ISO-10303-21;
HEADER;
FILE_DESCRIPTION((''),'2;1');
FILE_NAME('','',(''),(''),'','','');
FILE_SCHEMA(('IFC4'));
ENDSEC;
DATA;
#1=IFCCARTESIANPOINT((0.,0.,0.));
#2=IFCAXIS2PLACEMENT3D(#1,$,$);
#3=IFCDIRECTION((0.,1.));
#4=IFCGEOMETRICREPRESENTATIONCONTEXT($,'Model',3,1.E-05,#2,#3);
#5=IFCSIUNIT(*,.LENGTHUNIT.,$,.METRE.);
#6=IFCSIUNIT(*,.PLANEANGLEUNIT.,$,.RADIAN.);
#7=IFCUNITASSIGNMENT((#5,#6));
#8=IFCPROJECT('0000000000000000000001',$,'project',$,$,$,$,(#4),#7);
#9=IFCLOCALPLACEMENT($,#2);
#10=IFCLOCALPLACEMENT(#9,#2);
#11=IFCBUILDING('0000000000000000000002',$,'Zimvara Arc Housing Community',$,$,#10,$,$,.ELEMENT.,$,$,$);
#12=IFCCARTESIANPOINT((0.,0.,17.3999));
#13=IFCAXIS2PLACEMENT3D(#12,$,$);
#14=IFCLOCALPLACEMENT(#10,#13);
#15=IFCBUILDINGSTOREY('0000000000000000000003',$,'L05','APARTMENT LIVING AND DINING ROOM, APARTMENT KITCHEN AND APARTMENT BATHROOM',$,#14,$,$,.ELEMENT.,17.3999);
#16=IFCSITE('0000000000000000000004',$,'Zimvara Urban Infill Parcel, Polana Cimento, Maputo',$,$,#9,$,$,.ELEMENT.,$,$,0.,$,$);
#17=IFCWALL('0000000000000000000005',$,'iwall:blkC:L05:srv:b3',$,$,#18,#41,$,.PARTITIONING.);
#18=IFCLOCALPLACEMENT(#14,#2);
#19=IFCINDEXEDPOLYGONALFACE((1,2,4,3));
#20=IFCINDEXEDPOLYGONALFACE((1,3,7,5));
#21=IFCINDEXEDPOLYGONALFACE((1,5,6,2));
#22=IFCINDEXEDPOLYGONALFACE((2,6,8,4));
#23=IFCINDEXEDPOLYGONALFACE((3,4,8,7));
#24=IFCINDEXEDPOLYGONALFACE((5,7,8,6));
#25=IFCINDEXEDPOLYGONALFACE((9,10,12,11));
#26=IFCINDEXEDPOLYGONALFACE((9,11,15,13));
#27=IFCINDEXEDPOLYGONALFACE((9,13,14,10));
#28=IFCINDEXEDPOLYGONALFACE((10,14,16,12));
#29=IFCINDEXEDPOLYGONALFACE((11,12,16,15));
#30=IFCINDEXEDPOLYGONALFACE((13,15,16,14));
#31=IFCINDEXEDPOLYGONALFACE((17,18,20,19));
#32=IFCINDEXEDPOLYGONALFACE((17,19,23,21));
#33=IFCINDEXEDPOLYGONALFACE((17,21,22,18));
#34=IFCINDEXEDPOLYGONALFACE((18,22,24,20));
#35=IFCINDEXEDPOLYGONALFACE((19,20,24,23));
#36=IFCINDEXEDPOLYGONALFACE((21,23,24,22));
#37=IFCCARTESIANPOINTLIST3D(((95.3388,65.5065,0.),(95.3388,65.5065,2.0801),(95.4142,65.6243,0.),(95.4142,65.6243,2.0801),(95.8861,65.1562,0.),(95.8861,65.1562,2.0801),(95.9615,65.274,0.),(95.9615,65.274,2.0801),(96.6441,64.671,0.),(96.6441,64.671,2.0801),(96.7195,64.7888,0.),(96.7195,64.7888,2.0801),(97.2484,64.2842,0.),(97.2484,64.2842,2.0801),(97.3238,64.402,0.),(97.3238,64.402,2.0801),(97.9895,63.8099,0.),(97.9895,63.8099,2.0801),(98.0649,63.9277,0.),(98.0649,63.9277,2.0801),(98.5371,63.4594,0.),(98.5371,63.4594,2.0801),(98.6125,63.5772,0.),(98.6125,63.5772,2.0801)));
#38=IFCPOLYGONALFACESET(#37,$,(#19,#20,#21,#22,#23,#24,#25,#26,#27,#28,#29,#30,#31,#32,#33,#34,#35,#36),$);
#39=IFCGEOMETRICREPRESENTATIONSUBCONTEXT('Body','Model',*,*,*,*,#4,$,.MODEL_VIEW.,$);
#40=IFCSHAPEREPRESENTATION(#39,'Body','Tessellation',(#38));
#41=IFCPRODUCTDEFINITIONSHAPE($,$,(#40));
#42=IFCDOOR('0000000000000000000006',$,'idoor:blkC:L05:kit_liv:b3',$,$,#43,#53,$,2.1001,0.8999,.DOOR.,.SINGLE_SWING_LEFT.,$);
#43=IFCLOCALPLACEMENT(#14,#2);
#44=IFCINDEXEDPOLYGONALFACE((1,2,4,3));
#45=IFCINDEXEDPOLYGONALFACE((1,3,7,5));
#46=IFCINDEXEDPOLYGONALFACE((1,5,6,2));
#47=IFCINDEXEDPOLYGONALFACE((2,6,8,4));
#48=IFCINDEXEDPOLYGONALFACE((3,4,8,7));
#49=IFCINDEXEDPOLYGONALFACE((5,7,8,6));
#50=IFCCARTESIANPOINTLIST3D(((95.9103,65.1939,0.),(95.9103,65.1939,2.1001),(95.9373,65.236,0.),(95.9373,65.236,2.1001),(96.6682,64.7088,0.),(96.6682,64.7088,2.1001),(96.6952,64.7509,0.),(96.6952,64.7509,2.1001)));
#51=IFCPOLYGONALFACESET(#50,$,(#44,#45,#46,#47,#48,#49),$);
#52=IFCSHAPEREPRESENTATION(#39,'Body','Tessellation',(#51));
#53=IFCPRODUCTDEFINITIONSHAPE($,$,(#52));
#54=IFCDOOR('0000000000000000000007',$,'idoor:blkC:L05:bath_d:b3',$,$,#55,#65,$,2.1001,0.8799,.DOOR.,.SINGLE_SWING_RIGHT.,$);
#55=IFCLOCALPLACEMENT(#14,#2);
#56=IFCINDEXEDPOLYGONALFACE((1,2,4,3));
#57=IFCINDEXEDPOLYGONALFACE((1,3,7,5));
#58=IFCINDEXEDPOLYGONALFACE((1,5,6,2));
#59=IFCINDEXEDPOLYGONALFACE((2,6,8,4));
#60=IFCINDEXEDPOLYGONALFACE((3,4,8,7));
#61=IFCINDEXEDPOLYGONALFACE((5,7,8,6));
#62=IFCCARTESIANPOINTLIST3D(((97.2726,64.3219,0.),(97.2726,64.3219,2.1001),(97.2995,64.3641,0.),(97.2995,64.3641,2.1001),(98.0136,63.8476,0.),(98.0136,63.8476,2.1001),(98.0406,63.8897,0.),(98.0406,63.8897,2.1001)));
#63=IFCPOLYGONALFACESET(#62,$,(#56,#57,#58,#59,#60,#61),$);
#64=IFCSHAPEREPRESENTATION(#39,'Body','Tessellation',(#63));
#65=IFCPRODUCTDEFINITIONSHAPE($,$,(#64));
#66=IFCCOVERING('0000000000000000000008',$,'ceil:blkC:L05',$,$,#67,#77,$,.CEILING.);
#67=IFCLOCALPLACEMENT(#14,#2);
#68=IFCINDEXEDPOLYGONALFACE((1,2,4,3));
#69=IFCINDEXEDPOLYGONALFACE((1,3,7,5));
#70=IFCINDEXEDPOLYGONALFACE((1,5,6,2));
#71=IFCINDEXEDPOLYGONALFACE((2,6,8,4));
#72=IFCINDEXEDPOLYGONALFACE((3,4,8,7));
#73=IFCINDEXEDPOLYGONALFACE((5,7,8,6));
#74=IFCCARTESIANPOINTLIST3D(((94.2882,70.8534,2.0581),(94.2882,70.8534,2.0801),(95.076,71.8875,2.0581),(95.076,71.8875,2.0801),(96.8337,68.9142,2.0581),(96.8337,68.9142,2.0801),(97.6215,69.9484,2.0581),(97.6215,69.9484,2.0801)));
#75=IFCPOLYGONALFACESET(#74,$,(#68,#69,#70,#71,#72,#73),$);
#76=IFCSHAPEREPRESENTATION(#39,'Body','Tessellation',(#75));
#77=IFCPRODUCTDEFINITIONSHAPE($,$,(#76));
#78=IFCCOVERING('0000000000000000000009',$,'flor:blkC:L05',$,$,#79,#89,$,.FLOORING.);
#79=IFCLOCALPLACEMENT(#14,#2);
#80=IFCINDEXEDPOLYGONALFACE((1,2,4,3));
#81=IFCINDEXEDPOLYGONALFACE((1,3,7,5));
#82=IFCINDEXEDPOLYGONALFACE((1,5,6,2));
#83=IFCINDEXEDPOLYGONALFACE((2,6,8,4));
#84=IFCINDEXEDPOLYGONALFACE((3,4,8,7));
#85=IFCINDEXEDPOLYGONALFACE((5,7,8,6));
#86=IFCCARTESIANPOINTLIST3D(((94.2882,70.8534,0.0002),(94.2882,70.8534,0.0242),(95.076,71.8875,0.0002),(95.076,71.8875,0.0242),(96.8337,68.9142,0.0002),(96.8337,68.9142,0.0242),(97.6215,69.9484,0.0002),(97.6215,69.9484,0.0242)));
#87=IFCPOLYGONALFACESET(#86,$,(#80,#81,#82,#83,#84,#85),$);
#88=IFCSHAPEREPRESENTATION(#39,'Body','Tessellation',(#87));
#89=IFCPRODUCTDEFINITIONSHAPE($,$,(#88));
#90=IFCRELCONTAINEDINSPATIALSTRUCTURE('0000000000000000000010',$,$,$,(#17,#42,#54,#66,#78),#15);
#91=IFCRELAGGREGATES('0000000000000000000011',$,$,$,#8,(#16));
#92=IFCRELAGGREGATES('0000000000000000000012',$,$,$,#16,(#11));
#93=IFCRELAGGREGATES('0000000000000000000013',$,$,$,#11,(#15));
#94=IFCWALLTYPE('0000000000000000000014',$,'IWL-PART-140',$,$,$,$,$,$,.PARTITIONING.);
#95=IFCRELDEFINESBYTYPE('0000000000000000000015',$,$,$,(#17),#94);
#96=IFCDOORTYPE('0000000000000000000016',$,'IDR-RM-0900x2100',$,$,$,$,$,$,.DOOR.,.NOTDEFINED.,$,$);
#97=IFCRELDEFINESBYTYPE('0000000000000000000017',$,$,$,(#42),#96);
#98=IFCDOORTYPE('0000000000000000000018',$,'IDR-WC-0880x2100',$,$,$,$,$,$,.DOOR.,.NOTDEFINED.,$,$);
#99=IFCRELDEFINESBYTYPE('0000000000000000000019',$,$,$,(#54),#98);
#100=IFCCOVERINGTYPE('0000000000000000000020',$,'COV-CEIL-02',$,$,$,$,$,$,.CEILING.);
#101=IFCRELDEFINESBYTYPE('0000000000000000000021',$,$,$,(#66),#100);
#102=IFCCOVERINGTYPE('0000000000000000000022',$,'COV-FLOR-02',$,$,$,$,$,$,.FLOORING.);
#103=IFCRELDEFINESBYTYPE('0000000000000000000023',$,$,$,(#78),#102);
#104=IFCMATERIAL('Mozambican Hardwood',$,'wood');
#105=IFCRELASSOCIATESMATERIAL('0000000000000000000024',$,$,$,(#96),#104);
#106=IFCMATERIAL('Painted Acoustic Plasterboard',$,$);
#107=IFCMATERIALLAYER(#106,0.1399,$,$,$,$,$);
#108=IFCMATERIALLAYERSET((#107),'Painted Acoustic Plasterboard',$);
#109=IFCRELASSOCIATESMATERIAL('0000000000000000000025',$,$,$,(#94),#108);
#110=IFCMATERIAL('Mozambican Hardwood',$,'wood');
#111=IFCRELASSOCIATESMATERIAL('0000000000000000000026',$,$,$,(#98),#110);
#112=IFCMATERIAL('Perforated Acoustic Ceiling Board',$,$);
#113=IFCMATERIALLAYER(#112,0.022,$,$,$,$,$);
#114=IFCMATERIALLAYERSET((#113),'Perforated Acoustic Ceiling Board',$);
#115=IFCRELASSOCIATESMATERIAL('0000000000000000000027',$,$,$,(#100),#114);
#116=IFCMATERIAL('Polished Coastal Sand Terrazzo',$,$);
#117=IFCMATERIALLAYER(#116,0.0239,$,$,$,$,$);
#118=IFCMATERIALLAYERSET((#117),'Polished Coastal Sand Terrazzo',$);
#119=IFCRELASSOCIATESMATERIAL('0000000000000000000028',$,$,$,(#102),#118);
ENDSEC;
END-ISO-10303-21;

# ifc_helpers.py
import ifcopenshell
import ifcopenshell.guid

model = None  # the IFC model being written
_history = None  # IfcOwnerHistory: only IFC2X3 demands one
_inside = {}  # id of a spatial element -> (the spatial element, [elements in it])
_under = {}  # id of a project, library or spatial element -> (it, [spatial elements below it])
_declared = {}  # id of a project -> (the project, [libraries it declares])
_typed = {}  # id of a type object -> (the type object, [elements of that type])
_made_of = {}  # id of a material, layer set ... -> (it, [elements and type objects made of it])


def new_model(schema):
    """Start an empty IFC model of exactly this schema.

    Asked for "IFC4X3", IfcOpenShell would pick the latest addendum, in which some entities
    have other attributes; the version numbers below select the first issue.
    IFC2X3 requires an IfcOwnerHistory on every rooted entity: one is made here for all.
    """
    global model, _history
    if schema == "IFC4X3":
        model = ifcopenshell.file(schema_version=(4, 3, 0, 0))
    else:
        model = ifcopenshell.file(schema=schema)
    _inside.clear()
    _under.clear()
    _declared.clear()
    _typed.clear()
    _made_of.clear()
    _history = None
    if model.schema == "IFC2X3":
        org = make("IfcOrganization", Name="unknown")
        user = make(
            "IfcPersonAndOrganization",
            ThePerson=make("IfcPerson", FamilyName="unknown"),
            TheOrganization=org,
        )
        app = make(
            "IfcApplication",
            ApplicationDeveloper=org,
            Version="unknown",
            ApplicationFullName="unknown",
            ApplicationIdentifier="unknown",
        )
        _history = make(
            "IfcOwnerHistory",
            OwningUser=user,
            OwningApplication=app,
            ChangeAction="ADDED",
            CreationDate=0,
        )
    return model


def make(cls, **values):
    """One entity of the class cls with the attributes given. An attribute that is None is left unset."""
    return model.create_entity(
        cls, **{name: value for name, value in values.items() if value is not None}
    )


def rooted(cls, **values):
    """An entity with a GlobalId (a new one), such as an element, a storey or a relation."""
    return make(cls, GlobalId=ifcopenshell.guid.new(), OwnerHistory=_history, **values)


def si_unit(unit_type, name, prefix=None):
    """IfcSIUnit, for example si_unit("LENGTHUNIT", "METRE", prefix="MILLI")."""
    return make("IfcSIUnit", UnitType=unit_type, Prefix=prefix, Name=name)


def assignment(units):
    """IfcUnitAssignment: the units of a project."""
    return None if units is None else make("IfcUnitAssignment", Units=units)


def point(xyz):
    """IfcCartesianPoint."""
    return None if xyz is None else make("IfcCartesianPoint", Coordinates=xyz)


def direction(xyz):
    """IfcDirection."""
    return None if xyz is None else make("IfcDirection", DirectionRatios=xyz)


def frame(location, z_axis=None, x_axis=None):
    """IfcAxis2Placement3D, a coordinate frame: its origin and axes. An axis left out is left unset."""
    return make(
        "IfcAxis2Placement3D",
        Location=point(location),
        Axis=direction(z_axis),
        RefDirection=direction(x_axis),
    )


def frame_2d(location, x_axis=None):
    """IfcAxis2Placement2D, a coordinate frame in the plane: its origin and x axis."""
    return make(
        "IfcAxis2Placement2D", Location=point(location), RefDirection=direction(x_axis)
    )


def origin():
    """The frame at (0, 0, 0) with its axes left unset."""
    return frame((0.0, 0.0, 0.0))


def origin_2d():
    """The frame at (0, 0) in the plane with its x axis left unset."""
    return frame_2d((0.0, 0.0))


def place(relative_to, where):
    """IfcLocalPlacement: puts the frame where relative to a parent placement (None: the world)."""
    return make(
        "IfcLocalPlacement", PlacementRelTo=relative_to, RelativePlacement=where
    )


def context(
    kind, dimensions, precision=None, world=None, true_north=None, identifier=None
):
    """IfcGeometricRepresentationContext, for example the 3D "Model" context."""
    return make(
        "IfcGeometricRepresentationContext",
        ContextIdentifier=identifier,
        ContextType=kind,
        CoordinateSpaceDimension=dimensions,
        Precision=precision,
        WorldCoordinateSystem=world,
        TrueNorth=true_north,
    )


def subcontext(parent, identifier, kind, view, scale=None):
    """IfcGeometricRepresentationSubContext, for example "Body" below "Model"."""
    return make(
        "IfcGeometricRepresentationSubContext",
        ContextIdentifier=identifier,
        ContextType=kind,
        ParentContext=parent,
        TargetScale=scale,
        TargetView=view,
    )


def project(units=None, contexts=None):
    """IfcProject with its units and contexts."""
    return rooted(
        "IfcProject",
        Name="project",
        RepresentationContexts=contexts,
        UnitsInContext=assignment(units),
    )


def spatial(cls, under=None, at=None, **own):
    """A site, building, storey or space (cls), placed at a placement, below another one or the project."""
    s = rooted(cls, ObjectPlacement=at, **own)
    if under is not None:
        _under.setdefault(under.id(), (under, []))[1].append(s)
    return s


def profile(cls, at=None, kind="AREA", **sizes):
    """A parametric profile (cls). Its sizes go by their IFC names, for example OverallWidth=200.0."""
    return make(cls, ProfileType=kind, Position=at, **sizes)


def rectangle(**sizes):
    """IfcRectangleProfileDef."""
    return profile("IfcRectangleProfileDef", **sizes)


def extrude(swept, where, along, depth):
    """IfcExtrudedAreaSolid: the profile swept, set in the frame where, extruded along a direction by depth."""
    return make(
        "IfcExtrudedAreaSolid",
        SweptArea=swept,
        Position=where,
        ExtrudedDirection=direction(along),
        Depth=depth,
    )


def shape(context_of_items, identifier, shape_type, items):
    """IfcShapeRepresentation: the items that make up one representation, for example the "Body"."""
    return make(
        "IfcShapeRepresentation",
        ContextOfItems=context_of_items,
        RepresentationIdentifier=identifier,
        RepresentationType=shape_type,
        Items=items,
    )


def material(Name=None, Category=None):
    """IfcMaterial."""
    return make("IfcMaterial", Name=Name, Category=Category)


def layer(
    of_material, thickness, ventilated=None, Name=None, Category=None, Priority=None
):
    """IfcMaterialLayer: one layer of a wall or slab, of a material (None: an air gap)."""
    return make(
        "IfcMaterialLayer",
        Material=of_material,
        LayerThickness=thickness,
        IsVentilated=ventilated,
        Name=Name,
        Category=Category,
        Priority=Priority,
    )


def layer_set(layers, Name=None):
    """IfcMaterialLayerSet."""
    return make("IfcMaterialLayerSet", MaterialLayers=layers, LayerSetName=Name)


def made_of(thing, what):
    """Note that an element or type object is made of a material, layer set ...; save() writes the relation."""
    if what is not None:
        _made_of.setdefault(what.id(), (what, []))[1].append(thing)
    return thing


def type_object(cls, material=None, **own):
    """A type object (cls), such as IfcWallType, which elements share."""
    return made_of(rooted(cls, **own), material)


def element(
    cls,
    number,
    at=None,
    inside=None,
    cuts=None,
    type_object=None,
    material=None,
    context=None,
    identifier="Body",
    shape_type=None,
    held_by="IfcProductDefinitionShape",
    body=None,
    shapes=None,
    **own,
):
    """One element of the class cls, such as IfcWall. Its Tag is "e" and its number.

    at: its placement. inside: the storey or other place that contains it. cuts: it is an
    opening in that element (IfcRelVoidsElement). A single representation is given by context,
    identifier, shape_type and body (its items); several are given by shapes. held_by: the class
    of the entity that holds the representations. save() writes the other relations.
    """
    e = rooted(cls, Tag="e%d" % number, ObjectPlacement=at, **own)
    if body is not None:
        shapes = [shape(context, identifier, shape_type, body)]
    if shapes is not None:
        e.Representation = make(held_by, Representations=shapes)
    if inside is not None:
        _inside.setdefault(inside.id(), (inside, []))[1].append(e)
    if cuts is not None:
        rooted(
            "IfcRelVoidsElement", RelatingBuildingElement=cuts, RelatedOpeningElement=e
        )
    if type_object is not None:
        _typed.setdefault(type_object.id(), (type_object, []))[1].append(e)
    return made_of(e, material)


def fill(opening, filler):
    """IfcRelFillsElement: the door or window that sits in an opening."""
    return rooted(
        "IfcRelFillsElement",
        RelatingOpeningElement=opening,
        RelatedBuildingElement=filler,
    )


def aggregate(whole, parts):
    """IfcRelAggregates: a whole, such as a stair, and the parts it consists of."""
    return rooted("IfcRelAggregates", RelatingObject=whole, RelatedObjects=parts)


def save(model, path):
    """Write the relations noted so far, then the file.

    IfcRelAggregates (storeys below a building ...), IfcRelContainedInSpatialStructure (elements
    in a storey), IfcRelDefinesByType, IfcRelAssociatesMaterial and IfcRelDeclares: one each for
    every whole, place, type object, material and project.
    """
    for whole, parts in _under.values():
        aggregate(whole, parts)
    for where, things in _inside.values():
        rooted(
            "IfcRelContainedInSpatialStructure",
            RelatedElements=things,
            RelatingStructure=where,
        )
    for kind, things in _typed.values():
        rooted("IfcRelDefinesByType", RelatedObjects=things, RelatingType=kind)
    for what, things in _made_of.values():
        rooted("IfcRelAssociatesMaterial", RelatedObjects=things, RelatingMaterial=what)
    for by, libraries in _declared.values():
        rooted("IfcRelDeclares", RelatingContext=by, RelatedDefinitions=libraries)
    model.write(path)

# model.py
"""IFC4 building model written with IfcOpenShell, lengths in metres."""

from ifc_helpers import new_model, si_unit, direction, frame, frame_2d, origin, origin_2d, place, context, subcontext, project, spatial, rectangle, extrude, material, layer, layer_set, type_object, element, fill, save


model = new_model("IFC4")

# Units and contexts
model_context = context("Model", 3, precision=1e-05, world=origin(), true_north=direction((0.0, 1.0)))
body_context = subcontext(model_context, "Body", "Model", "MODEL_VIEW")
ifc_project = project(units=[si_unit("LENGTHUNIT", "METRE"), si_unit("PLANEANGLEUNIT", "RADIAN")], contexts=[model_context])

# Site, building, storey
site_placement = place(None, origin())
site = spatial("IfcSite", under=ifc_project, at=site_placement, Name="Zimvara Urban Infill Parcel, Polana Cimento, Maputo", CompositionType="ELEMENT", RefElevation=0.0)
building_placement = place(site_placement, origin())
building = spatial("IfcBuilding", under=site, at=building_placement, Name="Zimvara Arc Housing Community", CompositionType="ELEMENT")
storey_placement = place(building_placement, frame((0.0, 0.0, 17.3999)))
storey = spatial("IfcBuildingStorey", under=building, at=storey_placement, Name="L05", Description="APARTMENT LIVING AND DINING ROOM, APARTMENT KITCHEN AND APARTMENT BATHROOM", CompositionType="ELEMENT", Elevation=17.3999)

# Shared definitions
ifc_material_1 = material(Name="Mozambican Hardwood", Category="wood")
door_type_1 = type_object("IfcDoorType", Name="IDR-RM-0900x2100", OperationType="NOTDEFINED", PredefinedType="DOOR", material=ifc_material_1)

# Wall, openings, doors
ifc_material_2 = material(Name="Painted Acoustic Plasterboard")
ifc_layer_1 = layer(ifc_material_2, 0.1399)
ifc_layer_set_1 = layer_set([ifc_layer_1], Name="Painted Acoustic Plasterboard")
wall_type_1 = type_object("IfcWallType", Name="IWL-PART-140", PredefinedType="PARTITIONING", material=ifc_layer_set_1)
wall_1_placement = place(storey_placement, frame((95.3765, 65.5654, 0.0), z_axis=(0.0, 0.0, 1.0), x_axis=(0.842242, -0.539099, 0.0)))
wall_1 = element("IfcWall", 1, at=wall_1_placement, inside=storey, type_object=wall_type_1, Name="iwall:blkC:L05:srv:b3", PredefinedType="PARTITIONING", context=body_context, shape_type="SweptSolid", body=[
    extrude(rectangle(XDim=3.7974, YDim=0.1399, at=frame_2d((1.8987, 0.0))), origin(), (0.0, 0.0, 1.0), 2.0801),
])
opening_1_placement = place(wall_1_placement, frame((0.6499, 0.0, 0.0)))
opening_1 = element("IfcOpeningElement", 2, at=opening_1_placement, cuts=wall_1, PredefinedType="OPENING", context=body_context, shape_type="SweptSolid", body=[
    extrude(rectangle(XDim=0.8999, YDim=2.1001, at=frame_2d((0.45, 1.05))), frame((0.0, 0.0798, 0.0), z_axis=(0.0, -1.0, 0.0), x_axis=(1.0, 0.0, 0.0)), (0.0, 0.0, 1.0), 0.1599),
])
opening_2_placement = place(wall_1_placement, frame((2.2673, 0.0, 0.0)))
opening_2 = element("IfcOpeningElement", 3, at=opening_2_placement, cuts=wall_1, PredefinedType="OPENING", context=body_context, shape_type="SweptSolid", body=[
    extrude(rectangle(XDim=0.8799, YDim=2.1001, at=frame_2d((0.4399, 1.05))), frame((0.0, 0.0798, 0.0), z_axis=(0.0, -1.0, 0.0), x_axis=(1.0, 0.0, 0.0)), (0.0, 0.0, 1.0), 0.1599),
])
door_1_placement = place(opening_1_placement, origin())
door_1 = element("IfcDoor", 4, at=door_1_placement, inside=storey, type_object=door_type_1, Name="idoor:blkC:L05:kit_liv:b3", OperationType="SINGLE_SWING_LEFT", OverallHeight=2.1001, OverallWidth=0.8999, PredefinedType="DOOR", context=body_context, shape_type="SweptSolid", body=[
    extrude(rectangle(XDim=0.8999, YDim=2.1001, at=frame_2d((0.45, 1.05))), frame((0.0, 0.0249, 0.0), z_axis=(0.0, -1.0, 0.0), x_axis=(1.0, 0.0, 0.0)), (0.0, 0.0, 1.0), 0.05),
])
fill(opening_1, door_1)
ifc_material_3 = material(Name="Mozambican Hardwood", Category="wood")
door_type_2 = type_object("IfcDoorType", Name="IDR-WC-0880x2100", OperationType="NOTDEFINED", PredefinedType="DOOR", material=ifc_material_3)
door_2_placement = place(opening_2_placement, origin())
door_2 = element("IfcDoor", 5, at=door_2_placement, inside=storey, type_object=door_type_2, Name="idoor:blkC:L05:bath_d:b3", OperationType="SINGLE_SWING_RIGHT", OverallHeight=2.1001, OverallWidth=0.8799, PredefinedType="DOOR", context=body_context, shape_type="SweptSolid", body=[
    extrude(rectangle(XDim=0.8799, YDim=2.1001, at=frame_2d((0.4399, 1.05))), frame((0.0, 0.0249, 0.0), z_axis=(0.0, -1.0, 0.0), x_axis=(1.0, 0.0, 0.0)), (0.0, 0.0, 1.0), 0.05),
])
fill(opening_2, door_2)

# Coverings
ifc_material_4 = material(Name="Perforated Acoustic Ceiling Board")
ifc_layer_2 = layer(ifc_material_4, 0.022)
ifc_layer_set_2 = layer_set([ifc_layer_2], Name="Perforated Acoustic Ceiling Board")
covering_type_1 = type_object("IfcCoveringType", Name="COV-CEIL-02", PredefinedType="CEILING", material=ifc_layer_set_2)
covering_1_placement = place(storey_placement, frame((95.9548, 70.4009, 2.0581), z_axis=(0.0, 0.0, 1.0), x_axis=(-0.605988, -0.795473, 0.0)))
element("IfcCovering", 6, at=covering_1_placement, inside=storey, type_object=covering_type_1, Name="ceil:blkC:L05", PredefinedType="CEILING", context=body_context, shape_type="SweptSolid", body=[
    extrude(rectangle(XDim=1.3, YDim=3.2, at=origin_2d()), origin(), (0.0, 0.0, 1.0), 0.022),
])
ifc_material_5 = material(Name="Polished Coastal Sand Terrazzo")
ifc_layer_3 = layer(ifc_material_5, 0.0239)
ifc_layer_set_3 = layer_set([ifc_layer_3], Name="Polished Coastal Sand Terrazzo")
covering_type_2 = type_object("IfcCoveringType", Name="COV-FLOR-02", PredefinedType="FLOORING", material=ifc_layer_set_3)
covering_2_placement = place(storey_placement, frame((95.9548, 70.4009, 0.0002), z_axis=(0.0, 0.0, 1.0), x_axis=(-0.605988, -0.795473, 0.0)))
element("IfcCovering", 7, at=covering_2_placement, inside=storey, type_object=covering_type_2, Name="flor:blkC:L05", PredefinedType="FLOORING", context=body_context, shape_type="SweptSolid", body=[
    extrude(rectangle(XDim=1.3, YDim=3.2, at=origin_2d()), origin(), (0.0, 0.0, 1.0), 0.0239),
])

save(model, "model.ifc")
